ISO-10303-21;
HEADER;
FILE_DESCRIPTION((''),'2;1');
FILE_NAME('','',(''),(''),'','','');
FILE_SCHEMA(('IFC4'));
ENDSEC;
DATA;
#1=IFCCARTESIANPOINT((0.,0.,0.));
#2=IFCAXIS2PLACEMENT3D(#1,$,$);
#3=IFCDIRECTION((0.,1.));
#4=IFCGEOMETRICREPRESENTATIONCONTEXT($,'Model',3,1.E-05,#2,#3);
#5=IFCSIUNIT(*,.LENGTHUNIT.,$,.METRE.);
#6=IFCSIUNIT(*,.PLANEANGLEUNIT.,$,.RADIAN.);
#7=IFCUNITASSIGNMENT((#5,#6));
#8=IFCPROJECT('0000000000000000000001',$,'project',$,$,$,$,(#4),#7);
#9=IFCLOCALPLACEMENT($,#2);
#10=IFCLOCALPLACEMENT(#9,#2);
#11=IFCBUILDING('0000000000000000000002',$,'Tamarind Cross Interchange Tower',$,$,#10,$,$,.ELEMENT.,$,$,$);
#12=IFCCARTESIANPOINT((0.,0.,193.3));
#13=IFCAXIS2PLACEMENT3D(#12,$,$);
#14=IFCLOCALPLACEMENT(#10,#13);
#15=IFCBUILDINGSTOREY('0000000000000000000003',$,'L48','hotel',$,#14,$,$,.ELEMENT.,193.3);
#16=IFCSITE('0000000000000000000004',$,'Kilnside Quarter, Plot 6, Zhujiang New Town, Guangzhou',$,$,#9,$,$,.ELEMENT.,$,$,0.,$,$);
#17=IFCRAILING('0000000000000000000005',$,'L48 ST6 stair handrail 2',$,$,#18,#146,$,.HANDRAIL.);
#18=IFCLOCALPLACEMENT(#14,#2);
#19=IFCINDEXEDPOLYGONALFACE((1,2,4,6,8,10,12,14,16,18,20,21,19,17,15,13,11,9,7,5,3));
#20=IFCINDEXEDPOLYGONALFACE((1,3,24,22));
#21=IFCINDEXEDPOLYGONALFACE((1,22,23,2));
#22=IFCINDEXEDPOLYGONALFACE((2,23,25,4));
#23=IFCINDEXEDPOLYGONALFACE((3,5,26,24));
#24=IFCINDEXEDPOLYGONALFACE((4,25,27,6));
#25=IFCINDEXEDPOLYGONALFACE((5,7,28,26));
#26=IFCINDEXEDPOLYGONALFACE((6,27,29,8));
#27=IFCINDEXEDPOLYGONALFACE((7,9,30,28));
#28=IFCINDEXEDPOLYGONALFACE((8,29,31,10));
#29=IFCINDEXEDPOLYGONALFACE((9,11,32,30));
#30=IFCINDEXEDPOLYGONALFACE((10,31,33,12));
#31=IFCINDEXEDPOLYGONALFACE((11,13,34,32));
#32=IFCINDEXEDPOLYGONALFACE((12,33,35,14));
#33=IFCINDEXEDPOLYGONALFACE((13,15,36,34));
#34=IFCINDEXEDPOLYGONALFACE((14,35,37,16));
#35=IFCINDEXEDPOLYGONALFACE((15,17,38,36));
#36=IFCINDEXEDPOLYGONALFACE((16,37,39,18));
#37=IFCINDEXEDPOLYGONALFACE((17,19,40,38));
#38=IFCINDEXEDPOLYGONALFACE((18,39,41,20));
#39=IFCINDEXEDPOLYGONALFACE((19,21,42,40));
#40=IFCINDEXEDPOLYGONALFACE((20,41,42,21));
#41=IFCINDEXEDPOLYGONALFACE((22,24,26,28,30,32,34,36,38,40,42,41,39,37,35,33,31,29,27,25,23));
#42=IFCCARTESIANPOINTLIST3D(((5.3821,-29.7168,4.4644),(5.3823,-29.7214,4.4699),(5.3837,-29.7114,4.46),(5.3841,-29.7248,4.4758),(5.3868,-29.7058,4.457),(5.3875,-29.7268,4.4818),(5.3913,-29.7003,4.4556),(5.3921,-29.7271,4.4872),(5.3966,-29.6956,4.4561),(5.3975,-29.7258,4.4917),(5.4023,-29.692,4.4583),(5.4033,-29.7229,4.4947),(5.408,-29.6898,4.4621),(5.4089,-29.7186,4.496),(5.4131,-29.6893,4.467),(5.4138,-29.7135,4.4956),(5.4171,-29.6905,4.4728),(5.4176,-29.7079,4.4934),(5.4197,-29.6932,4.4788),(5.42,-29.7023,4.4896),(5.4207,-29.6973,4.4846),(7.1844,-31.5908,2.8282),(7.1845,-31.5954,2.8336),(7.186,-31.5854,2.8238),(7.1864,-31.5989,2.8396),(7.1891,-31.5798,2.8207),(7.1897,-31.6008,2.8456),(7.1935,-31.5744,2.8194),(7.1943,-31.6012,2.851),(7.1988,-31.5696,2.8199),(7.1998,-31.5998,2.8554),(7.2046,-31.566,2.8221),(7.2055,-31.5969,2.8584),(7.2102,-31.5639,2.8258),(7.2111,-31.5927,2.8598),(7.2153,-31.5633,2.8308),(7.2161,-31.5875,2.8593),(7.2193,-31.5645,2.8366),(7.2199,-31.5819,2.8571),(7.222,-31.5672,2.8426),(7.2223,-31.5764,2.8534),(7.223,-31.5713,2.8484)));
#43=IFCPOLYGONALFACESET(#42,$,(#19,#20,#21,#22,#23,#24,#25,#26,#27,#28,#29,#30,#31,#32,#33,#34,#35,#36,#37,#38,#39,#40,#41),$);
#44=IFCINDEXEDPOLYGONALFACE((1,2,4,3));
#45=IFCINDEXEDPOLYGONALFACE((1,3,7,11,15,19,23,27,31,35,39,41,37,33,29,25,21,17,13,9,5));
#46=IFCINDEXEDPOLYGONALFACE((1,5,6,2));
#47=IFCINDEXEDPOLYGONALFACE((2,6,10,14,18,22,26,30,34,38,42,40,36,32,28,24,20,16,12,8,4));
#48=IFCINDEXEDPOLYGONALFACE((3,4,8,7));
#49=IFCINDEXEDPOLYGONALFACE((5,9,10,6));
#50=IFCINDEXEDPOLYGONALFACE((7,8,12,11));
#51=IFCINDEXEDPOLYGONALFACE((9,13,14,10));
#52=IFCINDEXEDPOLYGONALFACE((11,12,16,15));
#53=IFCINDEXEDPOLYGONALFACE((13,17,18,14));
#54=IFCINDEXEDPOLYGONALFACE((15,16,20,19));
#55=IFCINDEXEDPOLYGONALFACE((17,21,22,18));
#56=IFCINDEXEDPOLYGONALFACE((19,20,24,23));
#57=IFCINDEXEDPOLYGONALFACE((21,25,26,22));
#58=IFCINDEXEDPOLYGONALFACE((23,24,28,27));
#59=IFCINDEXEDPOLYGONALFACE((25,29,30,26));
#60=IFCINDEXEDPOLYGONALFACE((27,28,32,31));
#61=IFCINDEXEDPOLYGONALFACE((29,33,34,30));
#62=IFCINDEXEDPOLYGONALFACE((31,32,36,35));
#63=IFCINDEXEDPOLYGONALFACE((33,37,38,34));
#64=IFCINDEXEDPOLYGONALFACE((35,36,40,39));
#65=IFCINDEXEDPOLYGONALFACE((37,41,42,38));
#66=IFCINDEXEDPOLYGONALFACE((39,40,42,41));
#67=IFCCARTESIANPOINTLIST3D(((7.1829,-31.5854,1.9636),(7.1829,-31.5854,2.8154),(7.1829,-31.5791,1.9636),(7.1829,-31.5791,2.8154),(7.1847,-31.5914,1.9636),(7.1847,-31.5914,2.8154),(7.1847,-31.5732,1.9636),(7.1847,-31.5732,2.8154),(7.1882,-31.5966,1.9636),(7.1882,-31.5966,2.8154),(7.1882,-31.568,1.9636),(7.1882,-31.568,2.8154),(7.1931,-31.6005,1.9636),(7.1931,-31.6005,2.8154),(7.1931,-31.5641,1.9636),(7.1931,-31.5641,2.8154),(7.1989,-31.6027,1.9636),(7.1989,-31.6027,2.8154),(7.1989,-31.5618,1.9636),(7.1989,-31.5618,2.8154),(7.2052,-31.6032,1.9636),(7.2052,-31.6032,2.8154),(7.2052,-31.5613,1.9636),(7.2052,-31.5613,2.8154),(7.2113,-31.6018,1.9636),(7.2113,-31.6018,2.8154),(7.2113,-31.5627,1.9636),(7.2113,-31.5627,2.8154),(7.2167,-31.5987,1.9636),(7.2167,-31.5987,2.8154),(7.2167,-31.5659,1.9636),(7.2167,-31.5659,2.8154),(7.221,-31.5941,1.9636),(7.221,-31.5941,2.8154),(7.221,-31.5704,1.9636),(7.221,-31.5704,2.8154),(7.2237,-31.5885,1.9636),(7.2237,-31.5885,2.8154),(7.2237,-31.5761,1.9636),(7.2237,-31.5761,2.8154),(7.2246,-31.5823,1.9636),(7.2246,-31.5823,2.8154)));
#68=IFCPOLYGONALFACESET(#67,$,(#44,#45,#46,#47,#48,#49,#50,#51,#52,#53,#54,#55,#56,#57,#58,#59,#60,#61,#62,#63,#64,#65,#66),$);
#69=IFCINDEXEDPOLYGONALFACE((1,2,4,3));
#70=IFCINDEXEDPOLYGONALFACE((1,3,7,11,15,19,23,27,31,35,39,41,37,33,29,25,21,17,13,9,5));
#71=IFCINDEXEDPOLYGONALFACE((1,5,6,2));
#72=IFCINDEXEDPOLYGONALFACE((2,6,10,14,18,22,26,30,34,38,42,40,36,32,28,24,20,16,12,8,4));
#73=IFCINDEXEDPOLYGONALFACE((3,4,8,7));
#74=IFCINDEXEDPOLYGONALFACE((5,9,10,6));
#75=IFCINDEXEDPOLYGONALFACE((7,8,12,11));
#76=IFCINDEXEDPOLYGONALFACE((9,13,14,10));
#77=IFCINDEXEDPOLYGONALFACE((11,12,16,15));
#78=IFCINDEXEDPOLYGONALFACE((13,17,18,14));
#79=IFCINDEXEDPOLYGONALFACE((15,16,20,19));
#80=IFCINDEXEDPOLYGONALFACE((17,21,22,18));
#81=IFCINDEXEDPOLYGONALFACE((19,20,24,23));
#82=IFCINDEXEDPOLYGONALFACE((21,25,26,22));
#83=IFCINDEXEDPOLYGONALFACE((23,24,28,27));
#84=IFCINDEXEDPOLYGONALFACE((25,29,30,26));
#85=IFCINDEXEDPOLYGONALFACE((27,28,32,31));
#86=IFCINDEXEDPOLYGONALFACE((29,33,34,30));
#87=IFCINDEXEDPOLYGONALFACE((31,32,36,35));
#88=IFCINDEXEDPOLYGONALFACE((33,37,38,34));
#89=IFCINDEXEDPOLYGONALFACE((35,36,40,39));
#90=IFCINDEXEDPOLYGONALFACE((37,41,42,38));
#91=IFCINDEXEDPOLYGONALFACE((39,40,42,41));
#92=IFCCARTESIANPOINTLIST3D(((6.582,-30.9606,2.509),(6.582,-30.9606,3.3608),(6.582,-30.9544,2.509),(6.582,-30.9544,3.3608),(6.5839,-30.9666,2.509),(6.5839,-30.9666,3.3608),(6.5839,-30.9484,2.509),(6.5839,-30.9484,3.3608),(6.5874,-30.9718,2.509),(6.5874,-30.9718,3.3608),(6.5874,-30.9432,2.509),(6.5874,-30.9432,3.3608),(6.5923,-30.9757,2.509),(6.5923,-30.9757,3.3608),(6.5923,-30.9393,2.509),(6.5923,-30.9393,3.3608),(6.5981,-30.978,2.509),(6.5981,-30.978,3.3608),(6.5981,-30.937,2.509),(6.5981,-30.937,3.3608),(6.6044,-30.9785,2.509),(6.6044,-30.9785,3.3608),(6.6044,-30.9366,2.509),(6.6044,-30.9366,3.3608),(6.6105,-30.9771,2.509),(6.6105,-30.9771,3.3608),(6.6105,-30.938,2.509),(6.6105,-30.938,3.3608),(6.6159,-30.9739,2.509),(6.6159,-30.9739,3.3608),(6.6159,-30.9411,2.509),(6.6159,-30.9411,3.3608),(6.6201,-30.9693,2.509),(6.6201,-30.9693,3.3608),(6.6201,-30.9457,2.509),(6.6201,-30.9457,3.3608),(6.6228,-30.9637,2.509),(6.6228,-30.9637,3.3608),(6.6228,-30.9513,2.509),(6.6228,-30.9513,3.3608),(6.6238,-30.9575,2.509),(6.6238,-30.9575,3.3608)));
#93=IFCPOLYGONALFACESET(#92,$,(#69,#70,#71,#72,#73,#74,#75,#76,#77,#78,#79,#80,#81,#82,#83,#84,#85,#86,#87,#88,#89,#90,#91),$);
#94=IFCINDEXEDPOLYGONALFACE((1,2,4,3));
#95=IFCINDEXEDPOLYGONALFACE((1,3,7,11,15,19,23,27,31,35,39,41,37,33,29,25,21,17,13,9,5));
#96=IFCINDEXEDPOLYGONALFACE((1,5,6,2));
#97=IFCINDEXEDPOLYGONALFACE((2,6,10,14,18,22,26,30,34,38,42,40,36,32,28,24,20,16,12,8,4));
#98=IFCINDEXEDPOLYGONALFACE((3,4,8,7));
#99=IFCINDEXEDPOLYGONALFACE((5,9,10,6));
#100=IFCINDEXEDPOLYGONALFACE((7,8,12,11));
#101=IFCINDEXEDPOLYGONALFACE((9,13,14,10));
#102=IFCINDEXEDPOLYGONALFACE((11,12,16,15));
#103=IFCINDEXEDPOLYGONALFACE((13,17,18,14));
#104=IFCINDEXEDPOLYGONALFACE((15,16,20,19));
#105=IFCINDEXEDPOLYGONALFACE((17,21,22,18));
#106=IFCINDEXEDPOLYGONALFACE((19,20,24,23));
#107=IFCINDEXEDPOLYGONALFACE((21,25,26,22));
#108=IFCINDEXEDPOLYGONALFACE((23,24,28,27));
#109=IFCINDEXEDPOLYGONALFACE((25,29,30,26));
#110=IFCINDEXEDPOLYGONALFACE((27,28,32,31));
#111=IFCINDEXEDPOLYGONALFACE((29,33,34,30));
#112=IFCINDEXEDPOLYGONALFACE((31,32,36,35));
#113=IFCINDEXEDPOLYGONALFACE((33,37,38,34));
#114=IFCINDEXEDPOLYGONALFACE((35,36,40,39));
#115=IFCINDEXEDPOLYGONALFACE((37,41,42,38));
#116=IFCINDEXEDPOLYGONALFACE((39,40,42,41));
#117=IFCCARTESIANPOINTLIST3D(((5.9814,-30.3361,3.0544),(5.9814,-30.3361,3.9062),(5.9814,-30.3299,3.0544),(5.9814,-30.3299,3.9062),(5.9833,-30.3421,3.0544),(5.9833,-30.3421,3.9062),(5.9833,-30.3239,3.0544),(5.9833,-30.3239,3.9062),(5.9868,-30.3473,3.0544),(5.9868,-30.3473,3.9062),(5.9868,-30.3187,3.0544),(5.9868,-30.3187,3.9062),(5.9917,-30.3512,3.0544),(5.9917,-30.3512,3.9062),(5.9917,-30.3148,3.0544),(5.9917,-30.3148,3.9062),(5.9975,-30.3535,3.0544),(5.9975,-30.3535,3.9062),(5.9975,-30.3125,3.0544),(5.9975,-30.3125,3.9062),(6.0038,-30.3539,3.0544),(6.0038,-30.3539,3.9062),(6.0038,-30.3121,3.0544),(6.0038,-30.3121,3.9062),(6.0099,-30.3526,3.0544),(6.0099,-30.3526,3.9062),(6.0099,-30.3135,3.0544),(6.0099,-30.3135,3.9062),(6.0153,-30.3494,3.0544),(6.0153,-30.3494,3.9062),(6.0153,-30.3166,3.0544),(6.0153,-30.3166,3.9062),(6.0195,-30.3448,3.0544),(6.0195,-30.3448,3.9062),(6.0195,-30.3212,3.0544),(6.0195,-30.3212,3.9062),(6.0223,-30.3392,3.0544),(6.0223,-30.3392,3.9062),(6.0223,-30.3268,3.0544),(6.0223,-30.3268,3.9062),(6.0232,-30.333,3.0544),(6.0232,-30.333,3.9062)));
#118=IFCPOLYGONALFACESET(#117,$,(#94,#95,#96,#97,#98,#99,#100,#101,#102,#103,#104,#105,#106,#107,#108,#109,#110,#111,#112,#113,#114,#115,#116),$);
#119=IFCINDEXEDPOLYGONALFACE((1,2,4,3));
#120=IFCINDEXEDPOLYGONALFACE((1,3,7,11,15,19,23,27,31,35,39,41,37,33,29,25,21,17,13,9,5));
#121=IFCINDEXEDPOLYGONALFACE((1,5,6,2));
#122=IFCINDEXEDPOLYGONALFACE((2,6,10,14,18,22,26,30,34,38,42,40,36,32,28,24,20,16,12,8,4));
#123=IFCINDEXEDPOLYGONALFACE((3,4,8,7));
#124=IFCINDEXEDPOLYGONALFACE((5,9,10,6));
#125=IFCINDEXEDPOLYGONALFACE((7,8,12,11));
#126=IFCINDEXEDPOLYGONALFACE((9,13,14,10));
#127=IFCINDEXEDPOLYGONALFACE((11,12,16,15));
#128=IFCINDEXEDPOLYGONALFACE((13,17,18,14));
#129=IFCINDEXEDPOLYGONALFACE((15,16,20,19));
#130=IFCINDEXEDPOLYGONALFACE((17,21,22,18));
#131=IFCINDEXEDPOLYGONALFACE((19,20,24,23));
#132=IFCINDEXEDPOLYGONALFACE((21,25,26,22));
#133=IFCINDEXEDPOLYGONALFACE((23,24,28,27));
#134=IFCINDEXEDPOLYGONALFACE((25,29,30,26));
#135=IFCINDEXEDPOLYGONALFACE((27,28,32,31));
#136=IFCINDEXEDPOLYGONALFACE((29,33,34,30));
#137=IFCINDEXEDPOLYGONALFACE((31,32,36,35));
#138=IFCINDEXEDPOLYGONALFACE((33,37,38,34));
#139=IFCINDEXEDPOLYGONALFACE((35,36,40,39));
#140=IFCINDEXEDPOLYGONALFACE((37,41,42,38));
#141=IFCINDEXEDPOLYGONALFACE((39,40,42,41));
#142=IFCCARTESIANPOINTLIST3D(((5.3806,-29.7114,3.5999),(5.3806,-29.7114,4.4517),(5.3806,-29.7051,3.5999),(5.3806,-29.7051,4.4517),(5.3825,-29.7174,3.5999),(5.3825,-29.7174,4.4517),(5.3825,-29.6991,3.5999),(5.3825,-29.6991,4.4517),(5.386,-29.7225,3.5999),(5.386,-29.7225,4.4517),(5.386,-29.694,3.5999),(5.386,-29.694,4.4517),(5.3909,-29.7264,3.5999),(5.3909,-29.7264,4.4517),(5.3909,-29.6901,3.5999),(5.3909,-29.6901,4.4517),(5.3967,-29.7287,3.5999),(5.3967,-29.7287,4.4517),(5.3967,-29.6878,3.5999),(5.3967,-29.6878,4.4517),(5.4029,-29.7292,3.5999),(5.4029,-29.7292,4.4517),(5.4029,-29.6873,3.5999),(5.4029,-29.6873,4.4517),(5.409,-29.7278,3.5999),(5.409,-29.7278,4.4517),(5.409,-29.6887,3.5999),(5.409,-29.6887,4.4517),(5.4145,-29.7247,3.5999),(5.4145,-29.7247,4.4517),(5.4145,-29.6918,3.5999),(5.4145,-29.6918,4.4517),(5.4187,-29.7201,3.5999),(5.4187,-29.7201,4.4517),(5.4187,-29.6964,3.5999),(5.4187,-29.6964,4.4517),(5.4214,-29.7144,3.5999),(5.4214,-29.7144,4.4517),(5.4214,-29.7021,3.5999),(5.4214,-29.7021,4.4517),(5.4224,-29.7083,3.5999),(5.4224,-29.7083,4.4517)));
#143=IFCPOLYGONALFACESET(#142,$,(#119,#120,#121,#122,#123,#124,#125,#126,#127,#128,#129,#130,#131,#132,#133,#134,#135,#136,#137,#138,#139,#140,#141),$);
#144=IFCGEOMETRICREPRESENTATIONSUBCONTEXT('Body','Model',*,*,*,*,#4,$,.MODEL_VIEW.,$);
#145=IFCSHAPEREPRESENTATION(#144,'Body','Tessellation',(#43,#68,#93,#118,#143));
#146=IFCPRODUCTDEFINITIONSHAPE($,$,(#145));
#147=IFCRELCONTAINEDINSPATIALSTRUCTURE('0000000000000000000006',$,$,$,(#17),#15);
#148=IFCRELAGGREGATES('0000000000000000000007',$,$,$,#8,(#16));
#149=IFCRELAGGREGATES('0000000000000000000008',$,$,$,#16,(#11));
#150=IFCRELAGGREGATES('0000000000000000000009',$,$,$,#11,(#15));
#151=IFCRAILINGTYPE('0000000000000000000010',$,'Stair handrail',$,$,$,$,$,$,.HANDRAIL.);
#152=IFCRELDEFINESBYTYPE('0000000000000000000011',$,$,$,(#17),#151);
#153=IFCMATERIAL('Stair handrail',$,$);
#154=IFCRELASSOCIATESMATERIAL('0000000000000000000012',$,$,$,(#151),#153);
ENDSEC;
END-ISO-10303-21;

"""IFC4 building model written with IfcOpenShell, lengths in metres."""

from ifc_helpers import new_model, si_unit, direction, frame, origin, origin_2d, place, context, subcontext, project, spatial, circle, extrude, material, type_object, element, save


model = new_model("IFC4")

# Units and contexts
model_context = context("Model", 3, precision=1e-05, world=origin(), true_north=direction((0.0, 1.0)))
body_context = subcontext(model_context, "Body", "Model", "MODEL_VIEW")
ifc_project = project(units=[si_unit("LENGTHUNIT", "METRE"), si_unit("PLANEANGLEUNIT", "RADIAN")], contexts=[model_context])

# Site, building, storey
site_placement = place(None, origin())
site = spatial("IfcSite", under=ifc_project, at=site_placement, Name="Kilnside Quarter, Plot 6, Zhujiang New Town, Guangzhou", CompositionType="ELEMENT", RefElevation=0.0)
building_placement = place(site_placement, origin())
building = spatial("IfcBuilding", under=site, at=building_placement, Name="Tamarind Cross Interchange Tower", CompositionType="ELEMENT")
storey_placement = place(building_placement, frame((0.0, 0.0, 193.3)))
storey = spatial("IfcBuildingStorey", under=building, at=storey_placement, Name="L48", Description="hotel", CompositionType="ELEMENT", Elevation=193.3)

# Railing
ifc_material_1 = material(Name="Stair handrail")
railing_type_1 = type_object("IfcRailingType", Name="Stair handrail", PredefinedType="HANDRAIL", material=ifc_material_1)
railing_1_placement = place(storey_placement, frame((7.2036, -31.5823, 1.9636)))
element("IfcRailing", 1, at=railing_1_placement, inside=storey, type_object=railing_type_1, Name="L48 ST6 stair handrail 2", PredefinedType="HANDRAIL", context=body_context, shape_type="SweptSolid", body=[
    extrude(circle(Radius=0.0239, at=origin_2d()), frame((0.0, 0.0, 0.876), z_axis=(-0.586665, 0.61003, 0.532624), x_axis=(-0.720775, -0.693169, 0.0)), (0.0, 0.0, 1.0), 3.072),
    extrude(circle(Radius=0.021, at=origin_2d()), origin(), (0.0, 0.0, 1.0), 0.8518),
    extrude(circle(Radius=0.021, at=origin_2d()), frame((-0.6008, 0.6248, 0.5454)), (0.0, 0.0, 1.0), 0.8518),
    extrude(circle(Radius=0.021, at=origin_2d()), frame((-1.2014, 1.2493, 1.0908)), (0.0, 0.0, 1.0), 0.8518),
    extrude(circle(Radius=0.021, at=origin_2d()), frame((-1.8022, 1.874, 1.6362)), (0.0, 0.0, 1.0), 0.8518),
])

save(model, "model.ifc")
